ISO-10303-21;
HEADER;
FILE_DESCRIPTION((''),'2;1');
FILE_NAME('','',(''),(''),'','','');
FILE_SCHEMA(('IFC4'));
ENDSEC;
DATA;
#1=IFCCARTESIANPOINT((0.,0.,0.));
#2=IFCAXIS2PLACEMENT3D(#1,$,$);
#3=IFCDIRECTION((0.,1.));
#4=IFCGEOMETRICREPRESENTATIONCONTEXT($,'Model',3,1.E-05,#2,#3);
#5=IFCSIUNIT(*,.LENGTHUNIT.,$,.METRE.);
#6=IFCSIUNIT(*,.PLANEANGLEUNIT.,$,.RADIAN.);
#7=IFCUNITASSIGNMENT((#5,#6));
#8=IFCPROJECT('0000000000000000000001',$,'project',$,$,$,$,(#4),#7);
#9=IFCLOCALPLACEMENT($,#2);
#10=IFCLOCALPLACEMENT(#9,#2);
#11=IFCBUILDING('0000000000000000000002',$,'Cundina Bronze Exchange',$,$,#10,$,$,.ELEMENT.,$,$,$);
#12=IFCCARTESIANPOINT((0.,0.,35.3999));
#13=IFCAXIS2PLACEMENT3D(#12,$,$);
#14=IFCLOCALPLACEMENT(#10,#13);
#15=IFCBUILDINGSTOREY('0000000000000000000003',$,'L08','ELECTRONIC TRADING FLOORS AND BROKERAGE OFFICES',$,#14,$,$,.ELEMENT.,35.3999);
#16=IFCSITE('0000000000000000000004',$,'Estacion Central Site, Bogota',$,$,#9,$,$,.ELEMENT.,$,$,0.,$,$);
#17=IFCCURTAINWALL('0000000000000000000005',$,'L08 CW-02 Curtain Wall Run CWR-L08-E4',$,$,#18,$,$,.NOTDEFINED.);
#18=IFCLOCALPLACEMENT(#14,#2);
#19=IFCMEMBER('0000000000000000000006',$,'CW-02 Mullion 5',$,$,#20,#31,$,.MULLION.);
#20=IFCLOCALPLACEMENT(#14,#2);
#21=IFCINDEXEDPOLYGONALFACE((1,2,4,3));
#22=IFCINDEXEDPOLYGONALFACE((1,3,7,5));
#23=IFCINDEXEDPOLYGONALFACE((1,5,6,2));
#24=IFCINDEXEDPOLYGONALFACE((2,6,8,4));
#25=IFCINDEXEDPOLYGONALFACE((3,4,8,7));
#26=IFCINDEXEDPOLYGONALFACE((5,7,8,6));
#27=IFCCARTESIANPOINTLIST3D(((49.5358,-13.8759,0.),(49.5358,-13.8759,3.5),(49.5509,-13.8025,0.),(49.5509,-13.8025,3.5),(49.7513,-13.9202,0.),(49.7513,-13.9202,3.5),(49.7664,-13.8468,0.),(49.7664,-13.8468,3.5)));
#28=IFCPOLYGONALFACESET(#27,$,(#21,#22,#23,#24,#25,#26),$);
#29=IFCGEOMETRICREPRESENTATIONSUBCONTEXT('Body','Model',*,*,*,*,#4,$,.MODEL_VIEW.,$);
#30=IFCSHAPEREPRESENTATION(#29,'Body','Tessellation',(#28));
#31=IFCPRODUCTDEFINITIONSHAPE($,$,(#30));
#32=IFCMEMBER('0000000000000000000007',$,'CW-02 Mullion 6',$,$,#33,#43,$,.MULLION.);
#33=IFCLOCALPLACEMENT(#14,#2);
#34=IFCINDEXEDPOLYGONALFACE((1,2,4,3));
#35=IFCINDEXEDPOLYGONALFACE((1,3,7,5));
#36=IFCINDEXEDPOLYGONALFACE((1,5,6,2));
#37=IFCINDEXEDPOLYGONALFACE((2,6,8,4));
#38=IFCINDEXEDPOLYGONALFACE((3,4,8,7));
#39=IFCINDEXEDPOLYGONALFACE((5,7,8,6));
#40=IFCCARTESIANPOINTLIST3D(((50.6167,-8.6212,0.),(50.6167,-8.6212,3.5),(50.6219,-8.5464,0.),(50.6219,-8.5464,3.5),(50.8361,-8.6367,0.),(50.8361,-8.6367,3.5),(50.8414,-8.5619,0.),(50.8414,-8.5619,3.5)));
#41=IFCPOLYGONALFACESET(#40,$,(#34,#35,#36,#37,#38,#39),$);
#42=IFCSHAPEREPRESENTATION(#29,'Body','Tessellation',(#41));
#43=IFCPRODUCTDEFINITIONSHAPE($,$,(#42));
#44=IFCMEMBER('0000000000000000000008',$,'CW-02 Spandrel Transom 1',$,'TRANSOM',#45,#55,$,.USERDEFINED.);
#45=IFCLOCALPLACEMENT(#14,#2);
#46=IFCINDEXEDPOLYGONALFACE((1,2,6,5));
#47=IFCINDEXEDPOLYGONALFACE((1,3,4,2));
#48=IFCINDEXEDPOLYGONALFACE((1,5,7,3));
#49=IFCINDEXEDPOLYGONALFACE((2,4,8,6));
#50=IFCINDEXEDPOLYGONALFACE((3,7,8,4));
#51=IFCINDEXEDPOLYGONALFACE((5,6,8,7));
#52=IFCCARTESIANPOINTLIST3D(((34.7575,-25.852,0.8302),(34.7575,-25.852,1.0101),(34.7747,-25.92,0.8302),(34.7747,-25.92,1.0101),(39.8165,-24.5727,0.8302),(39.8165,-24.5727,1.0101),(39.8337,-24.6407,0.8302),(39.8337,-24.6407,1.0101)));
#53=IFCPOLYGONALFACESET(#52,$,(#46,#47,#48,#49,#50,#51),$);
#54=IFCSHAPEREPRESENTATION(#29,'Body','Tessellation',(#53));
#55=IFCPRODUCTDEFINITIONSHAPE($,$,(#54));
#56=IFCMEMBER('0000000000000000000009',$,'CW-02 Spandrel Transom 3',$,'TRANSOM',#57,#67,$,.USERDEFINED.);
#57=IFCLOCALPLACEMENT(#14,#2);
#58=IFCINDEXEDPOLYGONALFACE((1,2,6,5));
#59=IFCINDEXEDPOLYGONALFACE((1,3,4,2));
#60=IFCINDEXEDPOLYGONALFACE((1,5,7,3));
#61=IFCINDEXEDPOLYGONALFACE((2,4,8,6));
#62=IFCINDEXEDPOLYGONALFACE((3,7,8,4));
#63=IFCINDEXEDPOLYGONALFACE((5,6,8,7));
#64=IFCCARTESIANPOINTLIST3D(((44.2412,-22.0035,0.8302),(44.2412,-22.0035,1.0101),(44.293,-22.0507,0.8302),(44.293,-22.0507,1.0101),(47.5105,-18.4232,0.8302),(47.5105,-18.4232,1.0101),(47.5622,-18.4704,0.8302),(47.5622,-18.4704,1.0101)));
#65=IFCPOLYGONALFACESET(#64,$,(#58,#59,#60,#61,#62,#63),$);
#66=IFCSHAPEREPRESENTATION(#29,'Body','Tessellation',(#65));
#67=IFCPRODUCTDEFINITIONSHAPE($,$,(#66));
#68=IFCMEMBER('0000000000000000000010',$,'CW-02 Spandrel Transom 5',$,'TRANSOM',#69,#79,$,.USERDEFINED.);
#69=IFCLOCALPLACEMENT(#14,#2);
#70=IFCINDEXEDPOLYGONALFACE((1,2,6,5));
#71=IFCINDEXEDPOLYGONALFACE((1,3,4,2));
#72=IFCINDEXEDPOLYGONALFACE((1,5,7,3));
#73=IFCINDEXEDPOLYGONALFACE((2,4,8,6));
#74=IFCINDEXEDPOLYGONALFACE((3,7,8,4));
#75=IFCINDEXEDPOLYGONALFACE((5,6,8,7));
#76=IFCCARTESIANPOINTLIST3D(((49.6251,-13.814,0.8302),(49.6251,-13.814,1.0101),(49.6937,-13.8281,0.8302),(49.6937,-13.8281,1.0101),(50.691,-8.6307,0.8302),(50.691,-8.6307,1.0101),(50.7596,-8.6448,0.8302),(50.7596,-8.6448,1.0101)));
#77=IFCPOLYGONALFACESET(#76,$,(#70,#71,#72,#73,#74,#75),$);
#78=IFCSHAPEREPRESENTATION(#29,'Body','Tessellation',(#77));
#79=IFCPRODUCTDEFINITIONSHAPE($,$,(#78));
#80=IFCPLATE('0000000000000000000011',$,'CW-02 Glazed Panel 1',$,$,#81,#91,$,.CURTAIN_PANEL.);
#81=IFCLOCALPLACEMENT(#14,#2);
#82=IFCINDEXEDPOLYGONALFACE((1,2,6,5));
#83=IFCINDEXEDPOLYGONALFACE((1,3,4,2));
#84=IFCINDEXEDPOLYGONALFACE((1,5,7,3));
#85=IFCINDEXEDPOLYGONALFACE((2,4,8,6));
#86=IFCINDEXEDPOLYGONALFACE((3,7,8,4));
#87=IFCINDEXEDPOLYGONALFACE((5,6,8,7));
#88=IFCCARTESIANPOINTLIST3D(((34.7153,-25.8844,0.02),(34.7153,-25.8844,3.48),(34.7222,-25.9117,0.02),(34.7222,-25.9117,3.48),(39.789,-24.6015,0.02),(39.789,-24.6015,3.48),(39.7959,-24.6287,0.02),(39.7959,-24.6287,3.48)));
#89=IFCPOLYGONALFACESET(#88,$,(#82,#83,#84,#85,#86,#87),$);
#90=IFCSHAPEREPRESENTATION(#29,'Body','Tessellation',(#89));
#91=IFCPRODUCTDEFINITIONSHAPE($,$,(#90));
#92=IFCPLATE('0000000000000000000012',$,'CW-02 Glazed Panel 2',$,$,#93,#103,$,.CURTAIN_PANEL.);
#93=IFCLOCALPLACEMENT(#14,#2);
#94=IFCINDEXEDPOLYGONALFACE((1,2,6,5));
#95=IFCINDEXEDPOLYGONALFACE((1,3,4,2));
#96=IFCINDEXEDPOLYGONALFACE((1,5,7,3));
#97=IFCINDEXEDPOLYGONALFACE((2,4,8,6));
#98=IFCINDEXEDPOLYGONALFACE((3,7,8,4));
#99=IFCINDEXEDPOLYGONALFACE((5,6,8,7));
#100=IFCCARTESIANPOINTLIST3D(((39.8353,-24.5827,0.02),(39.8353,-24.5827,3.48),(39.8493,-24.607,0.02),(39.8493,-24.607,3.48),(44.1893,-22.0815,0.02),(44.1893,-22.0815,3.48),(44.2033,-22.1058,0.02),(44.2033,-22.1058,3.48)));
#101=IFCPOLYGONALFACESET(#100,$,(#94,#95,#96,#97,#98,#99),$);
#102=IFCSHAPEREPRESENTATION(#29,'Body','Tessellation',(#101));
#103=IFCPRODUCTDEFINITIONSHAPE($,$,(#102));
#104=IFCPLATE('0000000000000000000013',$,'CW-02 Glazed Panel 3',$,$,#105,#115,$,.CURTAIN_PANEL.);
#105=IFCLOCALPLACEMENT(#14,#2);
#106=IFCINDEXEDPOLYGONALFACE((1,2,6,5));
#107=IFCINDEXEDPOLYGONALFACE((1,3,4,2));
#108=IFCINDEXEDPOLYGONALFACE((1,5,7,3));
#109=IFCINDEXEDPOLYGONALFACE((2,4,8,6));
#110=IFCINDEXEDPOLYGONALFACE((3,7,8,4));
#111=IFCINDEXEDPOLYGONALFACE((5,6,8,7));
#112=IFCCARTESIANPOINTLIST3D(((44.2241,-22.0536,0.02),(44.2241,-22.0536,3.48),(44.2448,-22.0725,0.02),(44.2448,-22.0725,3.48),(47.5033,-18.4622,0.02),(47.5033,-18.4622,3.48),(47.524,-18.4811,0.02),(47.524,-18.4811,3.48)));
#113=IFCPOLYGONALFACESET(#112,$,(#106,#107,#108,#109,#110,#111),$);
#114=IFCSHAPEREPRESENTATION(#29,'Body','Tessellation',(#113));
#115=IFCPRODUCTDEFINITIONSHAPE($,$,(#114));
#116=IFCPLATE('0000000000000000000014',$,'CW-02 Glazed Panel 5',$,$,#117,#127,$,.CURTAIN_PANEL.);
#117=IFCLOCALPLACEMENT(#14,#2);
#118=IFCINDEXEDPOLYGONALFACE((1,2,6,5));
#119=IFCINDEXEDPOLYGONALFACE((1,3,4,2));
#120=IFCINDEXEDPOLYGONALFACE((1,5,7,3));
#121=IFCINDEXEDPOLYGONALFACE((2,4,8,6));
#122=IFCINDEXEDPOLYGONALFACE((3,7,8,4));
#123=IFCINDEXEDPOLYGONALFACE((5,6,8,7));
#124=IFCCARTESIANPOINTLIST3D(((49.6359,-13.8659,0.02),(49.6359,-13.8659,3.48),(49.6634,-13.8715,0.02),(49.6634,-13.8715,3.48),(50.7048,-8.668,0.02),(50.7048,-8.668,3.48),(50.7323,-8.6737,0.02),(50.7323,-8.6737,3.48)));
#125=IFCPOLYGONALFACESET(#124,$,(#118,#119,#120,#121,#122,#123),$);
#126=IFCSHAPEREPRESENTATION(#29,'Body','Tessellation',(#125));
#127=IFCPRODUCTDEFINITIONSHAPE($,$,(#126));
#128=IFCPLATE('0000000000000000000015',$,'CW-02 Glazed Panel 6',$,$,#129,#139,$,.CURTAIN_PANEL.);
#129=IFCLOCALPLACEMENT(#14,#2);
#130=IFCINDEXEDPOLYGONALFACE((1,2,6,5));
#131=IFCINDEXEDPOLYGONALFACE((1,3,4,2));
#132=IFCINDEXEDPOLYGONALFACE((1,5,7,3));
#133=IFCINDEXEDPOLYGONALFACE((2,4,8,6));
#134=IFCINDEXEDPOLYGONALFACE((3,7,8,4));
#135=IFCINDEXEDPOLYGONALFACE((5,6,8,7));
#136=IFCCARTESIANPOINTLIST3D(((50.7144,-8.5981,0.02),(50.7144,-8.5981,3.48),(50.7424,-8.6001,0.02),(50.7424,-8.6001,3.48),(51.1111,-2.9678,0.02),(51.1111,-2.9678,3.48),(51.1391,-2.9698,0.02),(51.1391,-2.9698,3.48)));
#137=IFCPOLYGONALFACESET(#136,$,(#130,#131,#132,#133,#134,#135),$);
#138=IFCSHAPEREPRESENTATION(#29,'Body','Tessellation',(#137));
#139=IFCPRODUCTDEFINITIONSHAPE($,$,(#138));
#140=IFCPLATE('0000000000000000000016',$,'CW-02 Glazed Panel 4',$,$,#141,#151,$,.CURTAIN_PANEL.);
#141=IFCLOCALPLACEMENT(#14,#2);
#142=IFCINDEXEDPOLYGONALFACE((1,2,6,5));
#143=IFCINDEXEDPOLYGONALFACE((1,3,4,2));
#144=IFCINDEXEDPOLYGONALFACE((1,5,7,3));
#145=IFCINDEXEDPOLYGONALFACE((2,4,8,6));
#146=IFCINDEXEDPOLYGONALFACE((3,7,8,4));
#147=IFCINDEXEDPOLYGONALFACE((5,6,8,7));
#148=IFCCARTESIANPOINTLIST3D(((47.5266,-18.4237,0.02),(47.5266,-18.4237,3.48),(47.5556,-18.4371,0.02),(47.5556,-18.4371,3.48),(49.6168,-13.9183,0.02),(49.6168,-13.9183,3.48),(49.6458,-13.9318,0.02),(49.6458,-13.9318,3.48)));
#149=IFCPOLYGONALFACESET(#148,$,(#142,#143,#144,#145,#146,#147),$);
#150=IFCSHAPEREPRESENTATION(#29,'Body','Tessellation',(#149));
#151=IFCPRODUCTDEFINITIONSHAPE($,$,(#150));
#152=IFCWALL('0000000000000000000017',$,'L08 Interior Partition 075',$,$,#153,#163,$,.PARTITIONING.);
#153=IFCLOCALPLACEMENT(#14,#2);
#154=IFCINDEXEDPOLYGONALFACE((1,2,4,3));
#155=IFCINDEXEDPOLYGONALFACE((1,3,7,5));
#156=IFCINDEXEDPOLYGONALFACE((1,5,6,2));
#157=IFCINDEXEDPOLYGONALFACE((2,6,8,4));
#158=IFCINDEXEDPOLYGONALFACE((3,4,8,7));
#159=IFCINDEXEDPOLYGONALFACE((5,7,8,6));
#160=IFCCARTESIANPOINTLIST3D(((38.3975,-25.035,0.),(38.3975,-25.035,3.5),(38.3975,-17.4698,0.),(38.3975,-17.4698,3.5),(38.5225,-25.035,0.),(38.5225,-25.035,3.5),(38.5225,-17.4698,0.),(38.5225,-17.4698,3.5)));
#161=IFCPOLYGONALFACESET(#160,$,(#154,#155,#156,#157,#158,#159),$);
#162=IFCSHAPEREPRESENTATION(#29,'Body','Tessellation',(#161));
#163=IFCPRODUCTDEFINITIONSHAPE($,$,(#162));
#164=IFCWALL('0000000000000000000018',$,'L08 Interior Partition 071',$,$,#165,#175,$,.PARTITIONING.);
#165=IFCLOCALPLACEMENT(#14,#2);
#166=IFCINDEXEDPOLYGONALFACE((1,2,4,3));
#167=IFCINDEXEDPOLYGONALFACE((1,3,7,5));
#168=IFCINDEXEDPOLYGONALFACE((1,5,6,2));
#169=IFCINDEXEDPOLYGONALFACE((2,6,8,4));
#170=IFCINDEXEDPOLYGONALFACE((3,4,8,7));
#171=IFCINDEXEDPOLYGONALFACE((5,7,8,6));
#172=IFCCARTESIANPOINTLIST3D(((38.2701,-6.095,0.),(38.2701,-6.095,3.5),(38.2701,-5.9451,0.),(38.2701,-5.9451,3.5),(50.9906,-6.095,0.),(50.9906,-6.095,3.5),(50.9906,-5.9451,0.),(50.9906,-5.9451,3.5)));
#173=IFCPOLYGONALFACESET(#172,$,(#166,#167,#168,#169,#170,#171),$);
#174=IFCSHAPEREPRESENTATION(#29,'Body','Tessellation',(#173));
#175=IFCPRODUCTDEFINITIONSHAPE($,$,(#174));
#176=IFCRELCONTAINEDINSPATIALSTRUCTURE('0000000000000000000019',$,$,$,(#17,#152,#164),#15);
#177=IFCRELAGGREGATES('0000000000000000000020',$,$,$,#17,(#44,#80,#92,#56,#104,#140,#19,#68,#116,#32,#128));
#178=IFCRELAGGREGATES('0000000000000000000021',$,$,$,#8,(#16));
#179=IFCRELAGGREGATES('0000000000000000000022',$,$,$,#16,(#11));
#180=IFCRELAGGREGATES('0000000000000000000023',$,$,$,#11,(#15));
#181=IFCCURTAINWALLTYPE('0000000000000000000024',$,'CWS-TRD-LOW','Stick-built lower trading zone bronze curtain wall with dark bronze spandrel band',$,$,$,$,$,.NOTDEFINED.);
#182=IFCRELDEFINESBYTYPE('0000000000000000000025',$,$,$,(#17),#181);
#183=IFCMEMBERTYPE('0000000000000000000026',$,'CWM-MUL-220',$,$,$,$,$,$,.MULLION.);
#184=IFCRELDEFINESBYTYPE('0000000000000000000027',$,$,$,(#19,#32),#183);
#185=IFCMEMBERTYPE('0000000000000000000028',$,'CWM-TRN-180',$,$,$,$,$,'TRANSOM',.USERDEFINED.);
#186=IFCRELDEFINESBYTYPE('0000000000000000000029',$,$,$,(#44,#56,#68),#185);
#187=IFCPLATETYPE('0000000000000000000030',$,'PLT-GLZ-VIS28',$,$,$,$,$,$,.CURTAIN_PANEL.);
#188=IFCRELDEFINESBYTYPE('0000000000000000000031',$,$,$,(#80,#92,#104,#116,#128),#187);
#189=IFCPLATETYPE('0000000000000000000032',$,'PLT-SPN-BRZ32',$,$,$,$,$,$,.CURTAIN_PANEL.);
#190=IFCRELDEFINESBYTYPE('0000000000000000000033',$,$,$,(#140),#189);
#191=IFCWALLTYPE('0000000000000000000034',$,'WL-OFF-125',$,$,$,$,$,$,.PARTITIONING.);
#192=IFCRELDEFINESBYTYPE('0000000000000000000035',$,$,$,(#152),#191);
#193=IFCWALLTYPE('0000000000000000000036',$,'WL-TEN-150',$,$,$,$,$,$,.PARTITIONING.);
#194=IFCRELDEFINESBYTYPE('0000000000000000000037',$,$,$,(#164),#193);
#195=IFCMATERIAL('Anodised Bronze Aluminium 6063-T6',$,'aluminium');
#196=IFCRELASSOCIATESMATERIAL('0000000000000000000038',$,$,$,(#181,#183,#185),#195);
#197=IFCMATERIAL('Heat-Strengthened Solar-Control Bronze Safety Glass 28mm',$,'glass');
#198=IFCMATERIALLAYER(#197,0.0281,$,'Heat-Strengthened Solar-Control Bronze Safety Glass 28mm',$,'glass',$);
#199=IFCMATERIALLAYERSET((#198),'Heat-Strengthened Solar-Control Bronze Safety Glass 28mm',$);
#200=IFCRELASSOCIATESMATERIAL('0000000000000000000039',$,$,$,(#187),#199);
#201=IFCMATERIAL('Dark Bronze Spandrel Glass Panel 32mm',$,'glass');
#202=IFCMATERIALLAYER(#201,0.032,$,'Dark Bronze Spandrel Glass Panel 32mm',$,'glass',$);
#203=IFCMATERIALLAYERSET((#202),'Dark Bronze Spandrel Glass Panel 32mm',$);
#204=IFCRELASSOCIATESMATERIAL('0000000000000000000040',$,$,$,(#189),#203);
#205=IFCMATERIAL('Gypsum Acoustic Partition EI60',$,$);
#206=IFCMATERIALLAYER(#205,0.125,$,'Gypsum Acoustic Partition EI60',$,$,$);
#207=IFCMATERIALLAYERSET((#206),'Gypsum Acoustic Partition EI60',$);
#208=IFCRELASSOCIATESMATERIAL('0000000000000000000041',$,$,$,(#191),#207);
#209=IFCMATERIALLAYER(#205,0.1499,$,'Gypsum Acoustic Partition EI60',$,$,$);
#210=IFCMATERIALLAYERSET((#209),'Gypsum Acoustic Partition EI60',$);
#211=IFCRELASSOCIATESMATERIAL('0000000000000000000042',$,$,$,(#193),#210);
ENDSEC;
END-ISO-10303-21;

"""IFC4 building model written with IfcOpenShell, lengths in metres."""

from ifc_helpers import new_model, si_unit, direction, frame, frame_2d, origin, origin_2d, place, context, subcontext, project, spatial, rectangle, extrude, material, layer, layer_set, material_profile, profile_set, type_object, element, aggregate, save


model = new_model("IFC4")

# Units and contexts
model_context = context("Model", 3, precision=1e-05, world=origin(), true_north=direction((0.0, 1.0)))
body_context = subcontext(model_context, "Body", "Model", "MODEL_VIEW")
ifc_project = project(units=[si_unit("LENGTHUNIT", "METRE"), si_unit("PLANEANGLEUNIT", "RADIAN")], contexts=[model_context])

# Site, building, storey
site_placement = place(None, origin())
site = spatial("IfcSite", under=ifc_project, at=site_placement, Name="Estacion Central Site, Bogota", CompositionType="ELEMENT", RefElevation=0.0)
building_placement = place(site_placement, origin())
building = spatial("IfcBuilding", under=site, at=building_placement, Name="Cundina Bronze Exchange", CompositionType="ELEMENT")
storey_placement = place(building_placement, frame((0.0, 0.0, 35.3999)))
storey = spatial("IfcBuildingStorey", under=building, at=storey_placement, Name="L08", Description="ELECTRONIC TRADING FLOORS AND BROKERAGE OFFICES", CompositionType="ELEMENT", Elevation=35.3999)

# Curtain wall, members, plates
ifc_material_1 = material(Name="Anodised Bronze Aluminium 6063-T6", Category="aluminium")
curtain_wall_type = type_object("IfcCurtainWallType", Name="CWS-TRD-LOW", Description="Stick-built lower trading zone bronze curtain wall with dark bronze spandrel band", PredefinedType="NOTDEFINED", material=ifc_material_1)
curtain_wall_placement = place(storey_placement, origin())
curtain_wall = element("IfcCurtainWall", 1, at=curtain_wall_placement, inside=storey, type_object=curtain_wall_type, Name="L08 CW-02 Curtain Wall Run CWR-L08-E4", PredefinedType="NOTDEFINED")
ifc_material_profile_1 = material_profile(ifc_material_1, rectangle(XDim=0.075, YDim=0.22, at=origin_2d()), Name="AL75X220", Category="aluminium")
ifc_profile_set_1 = profile_set([ifc_material_profile_1], Name="Anodised Bronze Aluminium 6063-T6")
member_type_1 = type_object("IfcMemberType", Name="CWM-MUL-220", PredefinedType="MULLION", material=ifc_profile_set_1)
member_1_placement = place(storey_placement, frame((49.6511, -13.8613, 0.0), z_axis=(0.0, 0.0, 1.0), x_axis=(0.20142, 0.979505, 0.0)))
member_1 = element("IfcMember", 2, at=member_1_placement, type_object=member_type_1, Name="CW-02 Mullion 5", PredefinedType="MULLION", context=body_context, shape_type="SweptSolid", body=[
    extrude(rectangle(XDim=0.075, YDim=0.22, at=origin_2d()), origin(), (0.0, 0.0, 1.0), 3.5),
])
member_2_placement = place(storey_placement, frame((50.729, -8.5916, 0.0), z_axis=(0.0, 0.0, 1.0), x_axis=(0.070279, 0.997527, 0.0)))
member_2 = element("IfcMember", 3, at=member_2_placement, type_object=member_type_1, Name="CW-02 Mullion 6", PredefinedType="MULLION", context=body_context, shape_type="SweptSolid", body=[
    extrude(rectangle(XDim=0.075, YDim=0.22, at=origin_2d()), origin(), (0.0, 0.0, 1.0), 3.5),
])
ifc_material_profile_2 = material_profile(ifc_material_1, rectangle(XDim=0.0701, YDim=0.1799, at=origin_2d()), Name="AL70X180", Category="aluminium")
ifc_profile_set_2 = profile_set([ifc_material_profile_2], Name="Anodised Bronze Aluminium 6063-T6")
member_type_2 = type_object("IfcMemberType", Name="CWM-TRN-180", ElementType="TRANSOM", PredefinedType="USERDEFINED", material=ifc_profile_set_2)
member_3_placement = place(storey_placement, frame((34.7661, -25.886, 0.9202), z_axis=(0.969484, 0.245155, 0.0), x_axis=(-0.245155, 0.969484, 0.0)))
member_3 = element("IfcMember", 4, at=member_3_placement, type_object=member_type_2, Name="CW-02 Spandrel Transom 1", ObjectType="TRANSOM", PredefinedType="USERDEFINED", context=body_context, shape_type="SweptSolid", body=[
    extrude(rectangle(XDim=0.0701, YDim=0.1799, at=origin_2d()), origin(), (0.0, 0.0, 1.0), 5.2183),
])
member_4_placement = place(storey_placement, frame((44.2671, -22.0271, 0.9202), z_axis=(0.674303, 0.738455, 0.0), x_axis=(-0.738455, 0.674303, 0.0)))
member_4 = element("IfcMember", 5, at=member_4_placement, type_object=member_type_2, Name="CW-02 Spandrel Transom 3", ObjectType="TRANSOM", PredefinedType="USERDEFINED", context=body_context, shape_type="SweptSolid", body=[
    extrude(rectangle(XDim=0.0701, YDim=0.1799, at=origin_2d()), origin(), (0.0, 0.0, 1.0), 4.8484),
])
member_5_placement = place(storey_placement, frame((49.6594, -13.821, 0.9202), z_axis=(0.201428, 0.979503, 0.0), x_axis=(-0.979503, 0.201428, 0.0)))
member_5 = element("IfcMember", 6, at=member_5_placement, type_object=member_type_2, Name="CW-02 Spandrel Transom 5", ObjectType="TRANSOM", PredefinedType="USERDEFINED", context=body_context, shape_type="SweptSolid", body=[
    extrude(rectangle(XDim=0.0701, YDim=0.1799, at=origin_2d()), origin(), (0.0, 0.0, 1.0), 5.2917),
])
ifc_material_2 = material(Name="Heat-Strengthened Solar-Control Bronze Safety Glass 28mm", Category="glass")
ifc_layer_1 = layer(ifc_material_2, 0.0281, Name="Heat-Strengthened Solar-Control Bronze Safety Glass 28mm", Category="glass")
ifc_layer_set_1 = layer_set([ifc_layer_1], Name="Heat-Strengthened Solar-Control Bronze Safety Glass 28mm")
plate_type_1 = type_object("IfcPlateType", Name="PLT-GLZ-VIS28", PredefinedType="CURTAIN_PANEL", material=ifc_layer_set_1)
plate_1_placement = place(storey_placement, frame((37.2556, -25.2566, 0.02), z_axis=(0.0, 0.0, 1.0), x_axis=(0.969488, 0.245138, 0.0)))
plate_1 = element("IfcPlate", 7, at=plate_1_placement, type_object=plate_type_1, Name="CW-02 Glazed Panel 1", PredefinedType="CURTAIN_PANEL", context=body_context, shape_type="SweptSolid", body=[
    extrude(rectangle(XDim=5.2334, YDim=0.0281, at=origin_2d()), origin(), (0.0, 0.0, 1.0), 3.46),
])
plate_2_placement = place(storey_placement, frame((42.0193, -23.3442, 0.02), z_axis=(0.0, 0.0, 1.0), x_axis=(0.867105, 0.498125, 0.0)))
plate_2 = element("IfcPlate", 8, at=plate_2_placement, type_object=plate_type_1, Name="CW-02 Glazed Panel 2", PredefinedType="CURTAIN_PANEL", context=body_context, shape_type="SweptSolid", body=[
    extrude(rectangle(XDim=5.0212, YDim=0.0281, at=origin_2d()), origin(), (0.0, 0.0, 1.0), 3.46),
])
plate_3_placement = place(storey_placement, frame((45.874, -20.2673, 0.02), z_axis=(0.0, 0.0, 1.0), x_axis=(0.674277, 0.738479, 0.0)))
plate_3 = element("IfcPlate", 9, at=plate_3_placement, type_object=plate_type_1, Name="CW-02 Glazed Panel 3", PredefinedType="CURTAIN_PANEL", context=body_context, shape_type="SweptSolid", body=[
    extrude(rectangle(XDim=4.8633, YDim=0.0281, at=origin_2d()), origin(), (0.0, 0.0, 1.0), 3.46),
])
plate_4_placement = place(storey_placement, frame((50.1841, -11.2698, 0.02), z_axis=(0.0, 0.0, 1.0), x_axis=(0.20142, 0.979505, 0.0)))
plate_4 = element("IfcPlate", 10, at=plate_4_placement, type_object=plate_type_1, Name="CW-02 Glazed Panel 5", PredefinedType="CURTAIN_PANEL", context=body_context, shape_type="SweptSolid", body=[
    extrude(rectangle(XDim=5.3066, YDim=0.0281, at=origin_2d()), origin(), (0.0, 0.0, 1.0), 3.46),
])
plate_5_placement = place(storey_placement, frame((50.9268, -5.7839, 0.02), z_axis=(0.0, 0.0, 1.0), x_axis=(0.070279, 0.997527, 0.0)))
plate_5 = element("IfcPlate", 11, at=plate_5_placement, type_object=plate_type_1, Name="CW-02 Glazed Panel 6", PredefinedType="CURTAIN_PANEL", context=body_context, shape_type="SweptSolid", body=[
    extrude(rectangle(XDim=5.6443, YDim=0.0281, at=origin_2d()), origin(), (0.0, 0.0, 1.0), 3.46),
])
ifc_material_3 = material(Name="Dark Bronze Spandrel Glass Panel 32mm", Category="glass")
ifc_layer_2 = layer(ifc_material_3, 0.032, Name="Dark Bronze Spandrel Glass Panel 32mm", Category="glass")
ifc_layer_set_2 = layer_set([ifc_layer_2], Name="Dark Bronze Spandrel Glass Panel 32mm")
plate_type_2 = type_object("IfcPlateType", Name="PLT-SPN-BRZ32", PredefinedType="CURTAIN_PANEL", material=ifc_layer_set_2)
plate_6_placement = place(storey_placement, frame((48.5862, -16.1777, 0.02), z_axis=(0.0, 0.0, 1.0), x_axis=(0.420846, 0.907132, 0.0)))
plate_6 = element("IfcPlate", 12, at=plate_6_placement, type_object=plate_type_2, Name="CW-02 Glazed Panel 4", PredefinedType="CURTAIN_PANEL", context=body_context, shape_type="SweptSolid", body=[
    extrude(rectangle(XDim=4.9666, YDim=0.032, at=origin_2d()), origin(), (0.0, 0.0, 1.0), 3.46),
])
aggregate(curtain_wall, [member_3, plate_1, plate_2, member_4, plate_3, plate_6, member_1, member_5, plate_4, member_2, plate_5])

# Walls
ifc_material_4 = material(Name="Gypsum Acoustic Partition EI60")
ifc_layer_3 = layer(ifc_material_4, 0.125, Name="Gypsum Acoustic Partition EI60")
ifc_layer_set_3 = layer_set([ifc_layer_3], Name="Gypsum Acoustic Partition EI60")
wall_type_1 = type_object("IfcWallType", Name="WL-OFF-125", PredefinedType="PARTITIONING", material=ifc_layer_set_3)
wall_1_placement = place(storey_placement, frame((38.46, -25.0352, 0.0), z_axis=(0.0, 0.0, 1.0), x_axis=(0.0, 1.0, 0.0)))
element("IfcWall", 13, at=wall_1_placement, inside=storey, type_object=wall_type_1, Name="L08 Interior Partition 075", PredefinedType="PARTITIONING", context=body_context, shape_type="SweptSolid", body=[
    extrude(rectangle(XDim=7.5652, YDim=0.125, at=frame_2d((3.7827, 0.0))), origin(), (0.0, 0.0, 1.0), 3.5),
])
ifc_layer_4 = layer(ifc_material_4, 0.1499, Name="Gypsum Acoustic Partition EI60")
ifc_layer_set_4 = layer_set([ifc_layer_4], Name="Gypsum Acoustic Partition EI60")
wall_type_2 = type_object("IfcWallType", Name="WL-TEN-150", PredefinedType="PARTITIONING", material=ifc_layer_set_4)
wall_2_placement = place(storey_placement, frame((38.27, -6.02, 0.0), z_axis=(0.0, 0.0, 1.0), x_axis=(1.0, 0.0, 0.0)))
element("IfcWall", 14, at=wall_2_placement, inside=storey, type_object=wall_type_2, Name="L08 Interior Partition 071", PredefinedType="PARTITIONING", context=body_context, shape_type="SweptSolid", body=[
    extrude(rectangle(XDim=12.7205, YDim=0.1499, at=frame_2d((6.3604, 0.0))), origin(), (0.0, 0.0, 1.0), 3.5),
])

save(model, "model.ifc")
